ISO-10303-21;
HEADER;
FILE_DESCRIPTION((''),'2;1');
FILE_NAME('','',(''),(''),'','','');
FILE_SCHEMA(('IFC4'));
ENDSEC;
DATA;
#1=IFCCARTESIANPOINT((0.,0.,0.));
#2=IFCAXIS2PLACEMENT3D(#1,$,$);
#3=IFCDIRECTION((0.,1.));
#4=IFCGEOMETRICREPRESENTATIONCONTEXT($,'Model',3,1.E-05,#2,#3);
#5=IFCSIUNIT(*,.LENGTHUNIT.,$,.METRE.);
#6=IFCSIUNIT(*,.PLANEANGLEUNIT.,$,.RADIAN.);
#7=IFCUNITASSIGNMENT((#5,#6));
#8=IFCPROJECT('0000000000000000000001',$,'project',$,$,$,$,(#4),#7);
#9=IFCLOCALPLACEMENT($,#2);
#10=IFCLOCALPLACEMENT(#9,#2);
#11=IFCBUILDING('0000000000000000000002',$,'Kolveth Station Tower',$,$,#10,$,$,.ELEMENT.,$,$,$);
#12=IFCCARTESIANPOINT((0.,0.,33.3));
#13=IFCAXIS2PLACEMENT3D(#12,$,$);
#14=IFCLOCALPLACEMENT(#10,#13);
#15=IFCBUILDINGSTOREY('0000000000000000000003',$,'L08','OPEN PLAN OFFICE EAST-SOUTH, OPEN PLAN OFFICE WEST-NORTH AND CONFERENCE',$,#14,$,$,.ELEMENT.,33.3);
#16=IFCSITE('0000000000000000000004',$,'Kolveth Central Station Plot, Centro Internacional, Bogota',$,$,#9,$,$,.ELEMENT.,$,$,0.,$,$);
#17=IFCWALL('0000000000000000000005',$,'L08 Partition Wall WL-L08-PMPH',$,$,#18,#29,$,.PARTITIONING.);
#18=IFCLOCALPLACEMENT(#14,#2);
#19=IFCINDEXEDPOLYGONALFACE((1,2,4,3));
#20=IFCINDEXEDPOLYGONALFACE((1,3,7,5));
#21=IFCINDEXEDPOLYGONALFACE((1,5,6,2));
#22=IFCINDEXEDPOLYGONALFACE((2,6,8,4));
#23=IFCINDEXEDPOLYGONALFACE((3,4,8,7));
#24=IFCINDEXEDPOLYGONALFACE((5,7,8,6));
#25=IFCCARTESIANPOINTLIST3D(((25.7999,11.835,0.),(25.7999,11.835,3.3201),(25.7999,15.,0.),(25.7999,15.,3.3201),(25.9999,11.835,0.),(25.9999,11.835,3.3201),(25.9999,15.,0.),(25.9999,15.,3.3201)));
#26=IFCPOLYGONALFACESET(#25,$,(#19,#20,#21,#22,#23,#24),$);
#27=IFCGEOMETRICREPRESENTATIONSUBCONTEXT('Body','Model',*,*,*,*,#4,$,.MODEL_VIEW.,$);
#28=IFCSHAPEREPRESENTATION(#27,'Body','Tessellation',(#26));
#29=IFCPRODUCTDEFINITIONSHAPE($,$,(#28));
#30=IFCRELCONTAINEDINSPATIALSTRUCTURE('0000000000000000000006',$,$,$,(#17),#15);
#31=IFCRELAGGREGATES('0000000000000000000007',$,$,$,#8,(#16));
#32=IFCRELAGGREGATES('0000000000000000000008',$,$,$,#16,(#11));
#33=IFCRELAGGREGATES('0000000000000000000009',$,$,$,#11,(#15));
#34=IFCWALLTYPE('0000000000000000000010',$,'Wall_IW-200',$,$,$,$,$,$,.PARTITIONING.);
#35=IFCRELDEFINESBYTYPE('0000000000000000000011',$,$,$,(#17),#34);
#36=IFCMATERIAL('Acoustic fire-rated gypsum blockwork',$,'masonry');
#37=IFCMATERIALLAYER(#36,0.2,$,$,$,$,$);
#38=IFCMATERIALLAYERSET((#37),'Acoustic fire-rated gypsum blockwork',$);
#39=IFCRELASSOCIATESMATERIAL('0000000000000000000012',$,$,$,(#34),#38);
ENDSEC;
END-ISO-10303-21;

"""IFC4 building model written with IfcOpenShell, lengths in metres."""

from ifc_helpers import new_model, si_unit, direction, frame, frame_2d, origin, place, context, subcontext, project, spatial, rectangle, extrude, material, layer, layer_set, type_object, element, save


model = new_model("IFC4")

# Units and contexts
model_context = context("Model", 3, precision=1e-05, world=origin(), true_north=direction((0.0, 1.0)))
body_context = subcontext(model_context, "Body", "Model", "MODEL_VIEW")
ifc_project = project(units=[si_unit("LENGTHUNIT", "METRE"), si_unit("PLANEANGLEUNIT", "RADIAN")], contexts=[model_context])

# Site, building, storey
site_placement = place(None, origin())
site = spatial("IfcSite", under=ifc_project, at=site_placement, Name="Kolveth Central Station Plot, Centro Internacional, Bogota", CompositionType="ELEMENT", RefElevation=0.0)
building_placement = place(site_placement, origin())
building = spatial("IfcBuilding", under=site, at=building_placement, Name="Kolveth Station Tower", CompositionType="ELEMENT")
storey_placement = place(building_placement, frame((0.0, 0.0, 33.3)))
storey = spatial("IfcBuildingStorey", under=building, at=storey_placement, Name="L08", Description="OPEN PLAN OFFICE EAST-SOUTH, OPEN PLAN OFFICE WEST-NORTH AND CONFERENCE", CompositionType="ELEMENT", Elevation=33.3)

# Shared definitions
ifc_material_1 = material(Name="Acoustic fire-rated gypsum blockwork", Category="masonry")
ifc_layer_1 = layer(ifc_material_1, 0.2)
ifc_layer_set_1 = layer_set([ifc_layer_1], Name="Acoustic fire-rated gypsum blockwork")
wall_type_1 = type_object("IfcWallType", Name="Wall_IW-200", PredefinedType="PARTITIONING", material=ifc_layer_set_1)

# Wall
for number, where, z_axis, x_axis, name in (
    (1, (25.8999, 11.835, 0.0), (0.0, 0.0, 1.0), (0.0, 1.0, 0.0), "L08 Partition Wall WL-L08-PMPH"),
):
    element("IfcWall", number, at=place(storey_placement, frame(where, z_axis=z_axis, x_axis=x_axis)), inside=storey, type_object=wall_type_1, Name=name, PredefinedType="PARTITIONING", context=body_context, shape_type="SweptSolid", body=[
        extrude(rectangle(XDim=3.165, YDim=0.2, at=frame_2d((1.5825, 0.0))), origin(), (0.0, 0.0, 1.0), 3.3201),
    ])

save(model, "model.ifc")
